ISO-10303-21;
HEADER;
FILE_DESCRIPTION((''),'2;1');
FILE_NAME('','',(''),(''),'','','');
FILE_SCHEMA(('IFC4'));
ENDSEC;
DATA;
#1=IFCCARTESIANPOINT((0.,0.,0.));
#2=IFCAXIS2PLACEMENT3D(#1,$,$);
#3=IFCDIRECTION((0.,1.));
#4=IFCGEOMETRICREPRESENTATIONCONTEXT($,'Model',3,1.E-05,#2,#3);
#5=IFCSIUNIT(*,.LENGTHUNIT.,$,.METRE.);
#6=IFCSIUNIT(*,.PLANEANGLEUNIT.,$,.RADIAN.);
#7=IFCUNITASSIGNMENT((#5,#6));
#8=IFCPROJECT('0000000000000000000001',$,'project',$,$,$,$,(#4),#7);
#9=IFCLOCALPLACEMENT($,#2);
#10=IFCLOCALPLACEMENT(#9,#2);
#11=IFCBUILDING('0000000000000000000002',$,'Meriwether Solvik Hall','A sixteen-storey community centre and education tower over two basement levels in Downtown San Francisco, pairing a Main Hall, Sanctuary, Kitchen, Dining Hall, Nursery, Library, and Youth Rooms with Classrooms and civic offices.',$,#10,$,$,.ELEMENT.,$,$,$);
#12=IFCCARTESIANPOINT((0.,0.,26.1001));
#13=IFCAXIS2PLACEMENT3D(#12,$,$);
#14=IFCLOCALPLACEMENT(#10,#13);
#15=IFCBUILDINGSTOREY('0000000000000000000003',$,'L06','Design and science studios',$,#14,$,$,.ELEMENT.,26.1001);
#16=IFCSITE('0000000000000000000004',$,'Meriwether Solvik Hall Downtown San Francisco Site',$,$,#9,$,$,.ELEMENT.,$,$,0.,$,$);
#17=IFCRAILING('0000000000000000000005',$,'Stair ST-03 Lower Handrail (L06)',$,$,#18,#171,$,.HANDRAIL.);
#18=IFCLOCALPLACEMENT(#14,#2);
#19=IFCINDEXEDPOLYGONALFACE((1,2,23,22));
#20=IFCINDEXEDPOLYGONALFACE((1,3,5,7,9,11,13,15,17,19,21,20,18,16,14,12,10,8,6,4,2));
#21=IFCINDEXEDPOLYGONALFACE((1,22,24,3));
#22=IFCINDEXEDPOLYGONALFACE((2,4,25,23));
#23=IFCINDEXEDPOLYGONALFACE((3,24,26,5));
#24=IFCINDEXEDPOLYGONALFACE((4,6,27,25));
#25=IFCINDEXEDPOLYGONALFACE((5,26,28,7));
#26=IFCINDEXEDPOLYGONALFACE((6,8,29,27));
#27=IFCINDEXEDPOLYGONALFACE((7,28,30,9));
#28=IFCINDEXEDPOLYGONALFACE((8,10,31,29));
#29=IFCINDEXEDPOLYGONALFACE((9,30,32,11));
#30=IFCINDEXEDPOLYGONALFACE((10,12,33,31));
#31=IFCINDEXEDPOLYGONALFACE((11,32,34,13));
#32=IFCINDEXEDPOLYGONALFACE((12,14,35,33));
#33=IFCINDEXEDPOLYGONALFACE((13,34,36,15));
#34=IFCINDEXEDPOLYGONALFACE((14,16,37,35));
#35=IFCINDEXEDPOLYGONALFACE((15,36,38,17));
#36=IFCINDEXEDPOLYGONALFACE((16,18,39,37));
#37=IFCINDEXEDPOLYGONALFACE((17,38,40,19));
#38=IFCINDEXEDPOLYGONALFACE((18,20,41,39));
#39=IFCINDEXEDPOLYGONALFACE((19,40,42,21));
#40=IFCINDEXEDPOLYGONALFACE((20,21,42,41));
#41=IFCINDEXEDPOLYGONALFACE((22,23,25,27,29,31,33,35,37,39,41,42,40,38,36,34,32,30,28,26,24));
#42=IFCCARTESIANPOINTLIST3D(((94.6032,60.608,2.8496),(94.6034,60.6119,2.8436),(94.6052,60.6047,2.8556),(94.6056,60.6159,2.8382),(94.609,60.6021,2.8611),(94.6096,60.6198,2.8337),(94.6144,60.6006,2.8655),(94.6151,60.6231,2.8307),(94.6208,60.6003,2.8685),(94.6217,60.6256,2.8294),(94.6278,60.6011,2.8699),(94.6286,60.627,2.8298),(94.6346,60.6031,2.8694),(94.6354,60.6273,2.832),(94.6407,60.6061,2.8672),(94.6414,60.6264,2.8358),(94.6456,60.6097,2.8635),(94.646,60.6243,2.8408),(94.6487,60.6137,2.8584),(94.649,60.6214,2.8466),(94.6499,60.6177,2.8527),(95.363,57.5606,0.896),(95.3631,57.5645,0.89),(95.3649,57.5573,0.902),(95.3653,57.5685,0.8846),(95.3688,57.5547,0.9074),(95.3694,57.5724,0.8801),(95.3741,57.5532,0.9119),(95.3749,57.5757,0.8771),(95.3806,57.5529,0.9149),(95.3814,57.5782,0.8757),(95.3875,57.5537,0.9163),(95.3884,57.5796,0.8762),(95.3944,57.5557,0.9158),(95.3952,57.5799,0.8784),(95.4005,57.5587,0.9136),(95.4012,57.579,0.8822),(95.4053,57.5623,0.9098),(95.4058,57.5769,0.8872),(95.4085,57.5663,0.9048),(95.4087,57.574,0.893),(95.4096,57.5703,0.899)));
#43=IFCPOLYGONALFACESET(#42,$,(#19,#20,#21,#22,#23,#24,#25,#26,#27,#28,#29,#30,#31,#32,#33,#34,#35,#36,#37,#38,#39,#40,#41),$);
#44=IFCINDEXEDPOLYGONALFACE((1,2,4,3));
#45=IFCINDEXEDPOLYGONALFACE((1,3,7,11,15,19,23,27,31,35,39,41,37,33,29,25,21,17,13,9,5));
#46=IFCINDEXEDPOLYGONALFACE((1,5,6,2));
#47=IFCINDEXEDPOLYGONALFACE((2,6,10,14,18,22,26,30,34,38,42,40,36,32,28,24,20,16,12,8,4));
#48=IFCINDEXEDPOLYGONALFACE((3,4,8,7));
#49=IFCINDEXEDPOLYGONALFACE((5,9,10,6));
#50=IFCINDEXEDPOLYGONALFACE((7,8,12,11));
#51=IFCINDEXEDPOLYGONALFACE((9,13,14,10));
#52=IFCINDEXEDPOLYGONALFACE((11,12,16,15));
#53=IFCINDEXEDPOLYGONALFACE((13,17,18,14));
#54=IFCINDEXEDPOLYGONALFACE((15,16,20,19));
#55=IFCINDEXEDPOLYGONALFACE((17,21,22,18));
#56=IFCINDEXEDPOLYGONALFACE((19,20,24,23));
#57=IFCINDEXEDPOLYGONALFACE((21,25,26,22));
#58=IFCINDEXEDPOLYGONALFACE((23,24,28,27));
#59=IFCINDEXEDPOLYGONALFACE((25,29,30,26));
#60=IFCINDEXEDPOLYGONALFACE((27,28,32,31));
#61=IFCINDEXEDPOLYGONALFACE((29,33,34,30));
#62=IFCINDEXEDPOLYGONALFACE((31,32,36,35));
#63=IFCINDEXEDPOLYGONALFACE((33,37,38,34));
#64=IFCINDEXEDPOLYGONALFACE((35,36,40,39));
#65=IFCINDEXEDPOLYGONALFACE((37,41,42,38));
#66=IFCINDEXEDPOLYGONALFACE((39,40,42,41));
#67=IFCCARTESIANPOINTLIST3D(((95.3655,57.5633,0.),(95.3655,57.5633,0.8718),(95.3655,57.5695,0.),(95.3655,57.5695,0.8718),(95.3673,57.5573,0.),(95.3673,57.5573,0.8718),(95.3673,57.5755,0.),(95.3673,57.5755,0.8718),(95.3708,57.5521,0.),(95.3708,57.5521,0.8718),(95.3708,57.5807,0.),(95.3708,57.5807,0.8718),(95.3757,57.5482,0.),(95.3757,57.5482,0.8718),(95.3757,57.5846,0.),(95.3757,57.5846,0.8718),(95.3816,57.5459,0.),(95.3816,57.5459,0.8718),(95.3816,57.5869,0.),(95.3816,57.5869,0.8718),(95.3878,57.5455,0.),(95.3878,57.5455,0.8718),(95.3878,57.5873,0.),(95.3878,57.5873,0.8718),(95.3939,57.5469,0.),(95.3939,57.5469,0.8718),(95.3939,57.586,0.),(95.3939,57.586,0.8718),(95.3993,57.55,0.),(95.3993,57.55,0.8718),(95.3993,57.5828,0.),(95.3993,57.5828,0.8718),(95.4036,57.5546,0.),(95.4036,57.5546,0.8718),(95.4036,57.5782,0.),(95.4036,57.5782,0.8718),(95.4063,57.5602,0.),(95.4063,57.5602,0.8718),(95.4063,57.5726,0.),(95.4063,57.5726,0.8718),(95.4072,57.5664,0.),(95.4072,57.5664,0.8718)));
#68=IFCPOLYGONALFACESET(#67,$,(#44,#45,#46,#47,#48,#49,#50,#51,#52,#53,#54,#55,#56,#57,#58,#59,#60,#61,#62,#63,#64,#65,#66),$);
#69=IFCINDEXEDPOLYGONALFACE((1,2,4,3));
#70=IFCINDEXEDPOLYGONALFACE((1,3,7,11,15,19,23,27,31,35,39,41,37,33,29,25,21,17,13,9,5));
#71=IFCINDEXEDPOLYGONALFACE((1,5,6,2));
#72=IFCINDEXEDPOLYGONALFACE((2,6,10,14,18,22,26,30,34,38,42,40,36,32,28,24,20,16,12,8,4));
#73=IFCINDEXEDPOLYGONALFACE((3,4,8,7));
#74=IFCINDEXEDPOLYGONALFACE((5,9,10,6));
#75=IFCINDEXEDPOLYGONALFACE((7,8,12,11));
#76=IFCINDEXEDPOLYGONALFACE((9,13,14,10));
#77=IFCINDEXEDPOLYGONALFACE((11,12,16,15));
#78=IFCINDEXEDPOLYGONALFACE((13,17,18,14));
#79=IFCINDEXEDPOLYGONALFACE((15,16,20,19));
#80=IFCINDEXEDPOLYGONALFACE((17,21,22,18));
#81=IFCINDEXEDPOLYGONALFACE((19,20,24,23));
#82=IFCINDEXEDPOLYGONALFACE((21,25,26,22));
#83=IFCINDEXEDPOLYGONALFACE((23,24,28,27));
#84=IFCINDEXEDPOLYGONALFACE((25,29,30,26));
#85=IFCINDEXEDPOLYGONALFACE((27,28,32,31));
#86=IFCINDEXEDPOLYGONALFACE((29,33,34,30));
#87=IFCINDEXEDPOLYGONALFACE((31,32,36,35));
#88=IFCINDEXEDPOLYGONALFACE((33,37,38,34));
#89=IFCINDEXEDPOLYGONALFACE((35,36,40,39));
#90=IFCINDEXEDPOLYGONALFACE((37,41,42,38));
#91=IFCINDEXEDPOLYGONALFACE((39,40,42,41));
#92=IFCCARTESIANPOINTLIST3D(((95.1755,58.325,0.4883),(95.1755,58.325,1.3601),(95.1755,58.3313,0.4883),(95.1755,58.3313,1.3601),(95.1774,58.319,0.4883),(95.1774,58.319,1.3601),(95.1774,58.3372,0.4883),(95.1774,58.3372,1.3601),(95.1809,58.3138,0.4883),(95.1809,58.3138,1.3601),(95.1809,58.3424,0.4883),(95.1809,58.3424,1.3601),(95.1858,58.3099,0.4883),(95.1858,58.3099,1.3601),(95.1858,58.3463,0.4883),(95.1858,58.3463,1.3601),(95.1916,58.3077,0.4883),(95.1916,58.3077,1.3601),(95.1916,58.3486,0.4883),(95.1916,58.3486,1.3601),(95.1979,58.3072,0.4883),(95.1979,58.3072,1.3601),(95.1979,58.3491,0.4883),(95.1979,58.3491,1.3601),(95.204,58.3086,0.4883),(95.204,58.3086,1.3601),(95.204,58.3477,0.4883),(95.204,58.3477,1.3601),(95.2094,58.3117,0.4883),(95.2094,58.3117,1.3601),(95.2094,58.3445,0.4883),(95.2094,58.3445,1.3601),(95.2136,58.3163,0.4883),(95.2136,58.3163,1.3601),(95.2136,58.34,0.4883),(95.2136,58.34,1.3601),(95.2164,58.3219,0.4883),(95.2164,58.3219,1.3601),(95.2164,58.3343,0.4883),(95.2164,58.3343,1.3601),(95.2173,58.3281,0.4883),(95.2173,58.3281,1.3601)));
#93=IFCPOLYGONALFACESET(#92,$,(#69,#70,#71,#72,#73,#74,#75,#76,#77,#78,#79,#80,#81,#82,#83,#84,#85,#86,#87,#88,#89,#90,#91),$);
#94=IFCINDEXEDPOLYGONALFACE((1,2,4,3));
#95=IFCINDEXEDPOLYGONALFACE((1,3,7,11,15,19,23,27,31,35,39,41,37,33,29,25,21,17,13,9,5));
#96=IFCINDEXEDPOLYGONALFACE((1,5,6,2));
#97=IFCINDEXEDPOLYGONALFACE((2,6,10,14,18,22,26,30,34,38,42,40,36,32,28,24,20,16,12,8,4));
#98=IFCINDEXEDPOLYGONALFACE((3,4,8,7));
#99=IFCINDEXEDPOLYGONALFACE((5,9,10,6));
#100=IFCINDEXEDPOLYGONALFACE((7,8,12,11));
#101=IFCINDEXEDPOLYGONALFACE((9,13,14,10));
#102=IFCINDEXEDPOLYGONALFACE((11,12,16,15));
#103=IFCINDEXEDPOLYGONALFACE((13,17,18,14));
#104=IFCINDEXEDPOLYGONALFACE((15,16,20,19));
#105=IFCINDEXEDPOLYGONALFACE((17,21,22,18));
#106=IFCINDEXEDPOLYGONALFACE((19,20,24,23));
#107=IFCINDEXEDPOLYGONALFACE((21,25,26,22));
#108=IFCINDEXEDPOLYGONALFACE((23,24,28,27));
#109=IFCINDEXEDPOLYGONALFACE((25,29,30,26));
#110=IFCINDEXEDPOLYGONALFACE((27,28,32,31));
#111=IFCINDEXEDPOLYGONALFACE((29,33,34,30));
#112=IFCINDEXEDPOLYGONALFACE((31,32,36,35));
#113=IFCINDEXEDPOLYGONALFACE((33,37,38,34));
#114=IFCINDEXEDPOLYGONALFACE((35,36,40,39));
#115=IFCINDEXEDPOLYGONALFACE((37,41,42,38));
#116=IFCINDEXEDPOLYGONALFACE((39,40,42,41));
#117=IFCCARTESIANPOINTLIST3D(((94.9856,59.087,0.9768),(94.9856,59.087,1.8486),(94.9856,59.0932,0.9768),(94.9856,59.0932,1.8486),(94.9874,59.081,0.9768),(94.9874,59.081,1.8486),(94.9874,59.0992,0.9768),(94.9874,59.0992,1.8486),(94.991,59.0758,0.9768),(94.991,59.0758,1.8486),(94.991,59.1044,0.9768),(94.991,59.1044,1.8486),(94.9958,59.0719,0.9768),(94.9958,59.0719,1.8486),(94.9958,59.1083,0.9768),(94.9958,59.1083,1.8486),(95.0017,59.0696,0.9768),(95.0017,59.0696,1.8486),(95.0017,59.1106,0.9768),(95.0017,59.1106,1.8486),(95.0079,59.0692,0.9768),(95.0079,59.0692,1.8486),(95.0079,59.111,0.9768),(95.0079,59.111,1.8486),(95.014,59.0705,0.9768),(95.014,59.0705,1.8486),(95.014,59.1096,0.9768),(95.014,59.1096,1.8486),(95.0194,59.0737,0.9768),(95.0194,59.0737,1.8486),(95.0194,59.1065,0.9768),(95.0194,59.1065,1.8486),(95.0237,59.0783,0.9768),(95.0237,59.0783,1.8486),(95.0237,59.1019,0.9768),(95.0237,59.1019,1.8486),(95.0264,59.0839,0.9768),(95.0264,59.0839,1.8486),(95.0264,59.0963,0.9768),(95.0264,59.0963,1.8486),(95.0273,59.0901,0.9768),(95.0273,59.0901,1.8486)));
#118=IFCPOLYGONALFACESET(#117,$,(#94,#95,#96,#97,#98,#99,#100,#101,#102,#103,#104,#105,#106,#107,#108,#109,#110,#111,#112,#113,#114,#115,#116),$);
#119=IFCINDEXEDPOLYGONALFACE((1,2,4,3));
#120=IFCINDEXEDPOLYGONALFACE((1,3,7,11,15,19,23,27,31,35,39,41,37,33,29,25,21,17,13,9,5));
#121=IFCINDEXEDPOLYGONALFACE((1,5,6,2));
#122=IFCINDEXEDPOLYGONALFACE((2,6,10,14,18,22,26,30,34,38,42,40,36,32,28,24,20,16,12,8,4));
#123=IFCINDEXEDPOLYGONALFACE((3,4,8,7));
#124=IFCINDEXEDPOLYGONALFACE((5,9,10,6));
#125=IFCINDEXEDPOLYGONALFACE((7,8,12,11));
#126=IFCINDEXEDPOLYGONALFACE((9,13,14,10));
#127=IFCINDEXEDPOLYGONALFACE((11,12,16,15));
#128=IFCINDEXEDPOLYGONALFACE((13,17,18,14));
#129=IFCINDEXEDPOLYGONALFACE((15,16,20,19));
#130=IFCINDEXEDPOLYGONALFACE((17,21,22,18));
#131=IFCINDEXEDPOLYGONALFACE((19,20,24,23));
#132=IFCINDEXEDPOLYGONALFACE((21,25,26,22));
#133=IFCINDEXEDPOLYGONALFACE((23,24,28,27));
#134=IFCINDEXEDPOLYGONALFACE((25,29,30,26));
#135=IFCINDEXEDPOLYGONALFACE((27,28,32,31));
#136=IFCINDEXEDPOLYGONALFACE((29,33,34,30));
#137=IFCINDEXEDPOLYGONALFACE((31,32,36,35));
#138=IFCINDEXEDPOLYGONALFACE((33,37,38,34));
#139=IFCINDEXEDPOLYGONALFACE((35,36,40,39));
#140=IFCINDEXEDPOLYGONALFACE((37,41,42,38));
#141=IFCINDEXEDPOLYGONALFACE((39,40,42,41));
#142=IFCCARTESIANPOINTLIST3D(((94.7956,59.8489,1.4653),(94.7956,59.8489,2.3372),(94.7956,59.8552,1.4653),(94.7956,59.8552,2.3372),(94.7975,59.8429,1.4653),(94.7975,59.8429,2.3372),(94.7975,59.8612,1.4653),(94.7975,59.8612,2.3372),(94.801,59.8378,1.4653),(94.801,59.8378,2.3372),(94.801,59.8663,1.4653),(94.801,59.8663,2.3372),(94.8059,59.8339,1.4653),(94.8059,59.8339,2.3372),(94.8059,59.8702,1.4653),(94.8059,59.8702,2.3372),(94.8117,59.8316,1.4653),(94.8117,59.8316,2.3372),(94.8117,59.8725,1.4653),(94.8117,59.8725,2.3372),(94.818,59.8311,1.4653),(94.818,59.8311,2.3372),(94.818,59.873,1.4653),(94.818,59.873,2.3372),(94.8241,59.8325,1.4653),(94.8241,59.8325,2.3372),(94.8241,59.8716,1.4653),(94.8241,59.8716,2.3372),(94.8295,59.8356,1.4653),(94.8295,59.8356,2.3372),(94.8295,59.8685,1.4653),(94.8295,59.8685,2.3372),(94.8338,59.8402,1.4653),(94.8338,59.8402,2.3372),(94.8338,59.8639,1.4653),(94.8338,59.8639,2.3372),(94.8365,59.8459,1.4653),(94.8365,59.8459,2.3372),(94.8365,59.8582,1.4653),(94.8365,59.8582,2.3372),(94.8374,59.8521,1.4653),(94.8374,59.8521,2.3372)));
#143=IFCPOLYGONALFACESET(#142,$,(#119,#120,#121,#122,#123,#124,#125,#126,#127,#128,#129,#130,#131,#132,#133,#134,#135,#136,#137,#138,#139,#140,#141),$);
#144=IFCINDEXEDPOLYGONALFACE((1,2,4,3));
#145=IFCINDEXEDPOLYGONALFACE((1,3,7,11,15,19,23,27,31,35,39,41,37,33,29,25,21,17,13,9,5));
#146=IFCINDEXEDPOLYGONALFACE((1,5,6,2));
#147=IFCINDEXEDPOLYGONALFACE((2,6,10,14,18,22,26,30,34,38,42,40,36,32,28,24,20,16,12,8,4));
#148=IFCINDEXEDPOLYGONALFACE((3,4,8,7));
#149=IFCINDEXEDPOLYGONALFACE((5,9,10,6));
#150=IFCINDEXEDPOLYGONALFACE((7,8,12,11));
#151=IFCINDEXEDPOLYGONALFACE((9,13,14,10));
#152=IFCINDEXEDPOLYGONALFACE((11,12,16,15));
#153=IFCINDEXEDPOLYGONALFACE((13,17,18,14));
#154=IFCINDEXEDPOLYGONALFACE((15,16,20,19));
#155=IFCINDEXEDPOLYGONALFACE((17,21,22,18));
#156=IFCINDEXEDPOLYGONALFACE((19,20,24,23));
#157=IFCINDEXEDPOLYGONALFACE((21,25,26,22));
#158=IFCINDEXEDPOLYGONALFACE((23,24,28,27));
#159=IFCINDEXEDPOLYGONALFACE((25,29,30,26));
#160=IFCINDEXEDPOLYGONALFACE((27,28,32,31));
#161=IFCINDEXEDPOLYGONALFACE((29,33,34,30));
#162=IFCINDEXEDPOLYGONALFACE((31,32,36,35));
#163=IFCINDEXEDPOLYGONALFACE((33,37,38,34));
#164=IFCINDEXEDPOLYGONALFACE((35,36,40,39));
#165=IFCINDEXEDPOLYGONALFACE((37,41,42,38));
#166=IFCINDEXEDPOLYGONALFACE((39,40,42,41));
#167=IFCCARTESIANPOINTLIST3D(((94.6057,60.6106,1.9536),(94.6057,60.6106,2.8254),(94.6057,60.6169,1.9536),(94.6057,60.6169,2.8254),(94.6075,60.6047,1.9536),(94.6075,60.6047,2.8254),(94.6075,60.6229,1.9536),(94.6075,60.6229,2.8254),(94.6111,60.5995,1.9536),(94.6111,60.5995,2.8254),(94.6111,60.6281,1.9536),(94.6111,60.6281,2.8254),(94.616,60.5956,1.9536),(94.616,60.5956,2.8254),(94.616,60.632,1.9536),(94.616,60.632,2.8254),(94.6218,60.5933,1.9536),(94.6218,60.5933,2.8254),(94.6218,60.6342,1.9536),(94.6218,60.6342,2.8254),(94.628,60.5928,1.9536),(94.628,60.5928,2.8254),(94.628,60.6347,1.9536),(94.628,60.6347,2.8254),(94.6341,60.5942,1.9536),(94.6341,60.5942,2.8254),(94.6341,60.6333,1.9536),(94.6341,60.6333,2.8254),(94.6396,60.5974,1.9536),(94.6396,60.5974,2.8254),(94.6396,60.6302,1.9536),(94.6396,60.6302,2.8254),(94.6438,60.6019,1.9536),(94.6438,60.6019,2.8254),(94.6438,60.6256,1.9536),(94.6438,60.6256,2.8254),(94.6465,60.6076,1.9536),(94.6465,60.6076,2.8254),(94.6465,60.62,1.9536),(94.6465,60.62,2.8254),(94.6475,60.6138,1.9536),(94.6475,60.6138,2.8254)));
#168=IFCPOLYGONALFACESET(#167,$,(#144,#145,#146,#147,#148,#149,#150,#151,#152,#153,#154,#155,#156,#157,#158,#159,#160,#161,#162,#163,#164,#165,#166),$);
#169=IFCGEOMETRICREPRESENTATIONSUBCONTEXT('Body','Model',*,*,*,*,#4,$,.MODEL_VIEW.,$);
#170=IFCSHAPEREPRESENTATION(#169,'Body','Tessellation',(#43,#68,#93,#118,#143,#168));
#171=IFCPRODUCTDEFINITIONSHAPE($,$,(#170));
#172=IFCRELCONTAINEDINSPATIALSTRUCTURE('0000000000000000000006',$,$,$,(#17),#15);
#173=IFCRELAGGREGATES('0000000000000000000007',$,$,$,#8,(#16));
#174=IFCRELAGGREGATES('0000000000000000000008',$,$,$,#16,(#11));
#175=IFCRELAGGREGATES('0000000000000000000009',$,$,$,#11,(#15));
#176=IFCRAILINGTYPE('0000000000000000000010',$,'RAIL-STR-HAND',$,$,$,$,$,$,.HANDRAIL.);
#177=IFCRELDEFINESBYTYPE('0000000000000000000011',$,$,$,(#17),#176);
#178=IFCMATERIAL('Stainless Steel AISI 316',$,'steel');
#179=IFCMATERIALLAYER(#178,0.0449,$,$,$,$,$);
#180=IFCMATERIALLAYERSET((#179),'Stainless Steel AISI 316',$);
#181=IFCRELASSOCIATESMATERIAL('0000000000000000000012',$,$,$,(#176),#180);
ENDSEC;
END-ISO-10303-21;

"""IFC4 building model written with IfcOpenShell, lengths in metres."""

from ifc_helpers import new_model, si_unit, direction, frame, origin, origin_2d, place, context, subcontext, project, spatial, circle, extrude, material, layer, layer_set, type_object, element, save


model = new_model("IFC4")

# Units and contexts
model_context = context("Model", 3, precision=1e-05, world=origin(), true_north=direction((0.0, 1.0)))
body_context = subcontext(model_context, "Body", "Model", "MODEL_VIEW")
ifc_project = project(units=[si_unit("LENGTHUNIT", "METRE"), si_unit("PLANEANGLEUNIT", "RADIAN")], contexts=[model_context])

# Site, building, storey
site_placement = place(None, origin())
site = spatial("IfcSite", under=ifc_project, at=site_placement, Name="Meriwether Solvik Hall Downtown San Francisco Site", CompositionType="ELEMENT", RefElevation=0.0)
building_placement = place(site_placement, origin())
building = spatial("IfcBuilding", under=site, at=building_placement, Name="Meriwether Solvik Hall", Description="A sixteen-storey community centre and education tower over two basement levels in Downtown San Francisco, pairing a Main Hall, Sanctuary, Kitchen, Dining Hall, Nursery, Library, and Youth Rooms with Classrooms and civic offices.", CompositionType="ELEMENT")
storey_placement = place(building_placement, frame((0.0, 0.0, 26.1001)))
storey = spatial("IfcBuildingStorey", under=building, at=storey_placement, Name="L06", Description="Design and science studios", CompositionType="ELEMENT", Elevation=26.1001)

# Railing
ifc_material_1 = material(Name="Stainless Steel AISI 316", Category="steel")
ifc_layer_1 = layer(ifc_material_1, 0.0449)
ifc_layer_set_1 = layer_set([ifc_layer_1], Name="Stainless Steel AISI 316")
railing_type_1 = type_object("IfcRailingType", Name="RAIL-STR-HAND", PredefinedType="HANDRAIL", material=ifc_layer_set_1)
railing_1_placement = place(storey_placement, frame((95.3862, 57.5664, 0.0)))
element("IfcRailing", 1, at=railing_1_placement, inside=storey, type_object=railing_type_1, Name="Stair ST-03 Lower Handrail (L06)", PredefinedType="HANDRAIL", context=body_context, shape_type="SweptSolid", body=[
    extrude(circle(Radius=0.0239, at=origin_2d()), frame((0.0, 0.0, 0.896), z_axis=(-0.205415, 0.823904, 0.528191), x_axis=(-0.970298, -0.241914, 0.0)), (0.0, 0.0, 1.0), 3.6987),
    extrude(circle(Radius=0.021, at=origin_2d()), origin(), (0.0, 0.0, 1.0), 0.8718),
    extrude(circle(Radius=0.021, at=origin_2d()), frame((-0.1899, 0.7617, 0.4883)), (0.0, 0.0, 1.0), 0.8718),
    extrude(circle(Radius=0.021, at=origin_2d()), frame((-0.3799, 1.5237, 0.9768)), (0.0, 0.0, 1.0), 0.8718),
    extrude(circle(Radius=0.021, at=origin_2d()), frame((-0.5698, 2.2856, 1.4653)), (0.0, 0.0, 1.0), 0.8718),
    extrude(circle(Radius=0.021, at=origin_2d()), frame((-0.7598, 3.0474, 1.9536)), (0.0, 0.0, 1.0), 0.8718),
])

save(model, "model.ifc")
